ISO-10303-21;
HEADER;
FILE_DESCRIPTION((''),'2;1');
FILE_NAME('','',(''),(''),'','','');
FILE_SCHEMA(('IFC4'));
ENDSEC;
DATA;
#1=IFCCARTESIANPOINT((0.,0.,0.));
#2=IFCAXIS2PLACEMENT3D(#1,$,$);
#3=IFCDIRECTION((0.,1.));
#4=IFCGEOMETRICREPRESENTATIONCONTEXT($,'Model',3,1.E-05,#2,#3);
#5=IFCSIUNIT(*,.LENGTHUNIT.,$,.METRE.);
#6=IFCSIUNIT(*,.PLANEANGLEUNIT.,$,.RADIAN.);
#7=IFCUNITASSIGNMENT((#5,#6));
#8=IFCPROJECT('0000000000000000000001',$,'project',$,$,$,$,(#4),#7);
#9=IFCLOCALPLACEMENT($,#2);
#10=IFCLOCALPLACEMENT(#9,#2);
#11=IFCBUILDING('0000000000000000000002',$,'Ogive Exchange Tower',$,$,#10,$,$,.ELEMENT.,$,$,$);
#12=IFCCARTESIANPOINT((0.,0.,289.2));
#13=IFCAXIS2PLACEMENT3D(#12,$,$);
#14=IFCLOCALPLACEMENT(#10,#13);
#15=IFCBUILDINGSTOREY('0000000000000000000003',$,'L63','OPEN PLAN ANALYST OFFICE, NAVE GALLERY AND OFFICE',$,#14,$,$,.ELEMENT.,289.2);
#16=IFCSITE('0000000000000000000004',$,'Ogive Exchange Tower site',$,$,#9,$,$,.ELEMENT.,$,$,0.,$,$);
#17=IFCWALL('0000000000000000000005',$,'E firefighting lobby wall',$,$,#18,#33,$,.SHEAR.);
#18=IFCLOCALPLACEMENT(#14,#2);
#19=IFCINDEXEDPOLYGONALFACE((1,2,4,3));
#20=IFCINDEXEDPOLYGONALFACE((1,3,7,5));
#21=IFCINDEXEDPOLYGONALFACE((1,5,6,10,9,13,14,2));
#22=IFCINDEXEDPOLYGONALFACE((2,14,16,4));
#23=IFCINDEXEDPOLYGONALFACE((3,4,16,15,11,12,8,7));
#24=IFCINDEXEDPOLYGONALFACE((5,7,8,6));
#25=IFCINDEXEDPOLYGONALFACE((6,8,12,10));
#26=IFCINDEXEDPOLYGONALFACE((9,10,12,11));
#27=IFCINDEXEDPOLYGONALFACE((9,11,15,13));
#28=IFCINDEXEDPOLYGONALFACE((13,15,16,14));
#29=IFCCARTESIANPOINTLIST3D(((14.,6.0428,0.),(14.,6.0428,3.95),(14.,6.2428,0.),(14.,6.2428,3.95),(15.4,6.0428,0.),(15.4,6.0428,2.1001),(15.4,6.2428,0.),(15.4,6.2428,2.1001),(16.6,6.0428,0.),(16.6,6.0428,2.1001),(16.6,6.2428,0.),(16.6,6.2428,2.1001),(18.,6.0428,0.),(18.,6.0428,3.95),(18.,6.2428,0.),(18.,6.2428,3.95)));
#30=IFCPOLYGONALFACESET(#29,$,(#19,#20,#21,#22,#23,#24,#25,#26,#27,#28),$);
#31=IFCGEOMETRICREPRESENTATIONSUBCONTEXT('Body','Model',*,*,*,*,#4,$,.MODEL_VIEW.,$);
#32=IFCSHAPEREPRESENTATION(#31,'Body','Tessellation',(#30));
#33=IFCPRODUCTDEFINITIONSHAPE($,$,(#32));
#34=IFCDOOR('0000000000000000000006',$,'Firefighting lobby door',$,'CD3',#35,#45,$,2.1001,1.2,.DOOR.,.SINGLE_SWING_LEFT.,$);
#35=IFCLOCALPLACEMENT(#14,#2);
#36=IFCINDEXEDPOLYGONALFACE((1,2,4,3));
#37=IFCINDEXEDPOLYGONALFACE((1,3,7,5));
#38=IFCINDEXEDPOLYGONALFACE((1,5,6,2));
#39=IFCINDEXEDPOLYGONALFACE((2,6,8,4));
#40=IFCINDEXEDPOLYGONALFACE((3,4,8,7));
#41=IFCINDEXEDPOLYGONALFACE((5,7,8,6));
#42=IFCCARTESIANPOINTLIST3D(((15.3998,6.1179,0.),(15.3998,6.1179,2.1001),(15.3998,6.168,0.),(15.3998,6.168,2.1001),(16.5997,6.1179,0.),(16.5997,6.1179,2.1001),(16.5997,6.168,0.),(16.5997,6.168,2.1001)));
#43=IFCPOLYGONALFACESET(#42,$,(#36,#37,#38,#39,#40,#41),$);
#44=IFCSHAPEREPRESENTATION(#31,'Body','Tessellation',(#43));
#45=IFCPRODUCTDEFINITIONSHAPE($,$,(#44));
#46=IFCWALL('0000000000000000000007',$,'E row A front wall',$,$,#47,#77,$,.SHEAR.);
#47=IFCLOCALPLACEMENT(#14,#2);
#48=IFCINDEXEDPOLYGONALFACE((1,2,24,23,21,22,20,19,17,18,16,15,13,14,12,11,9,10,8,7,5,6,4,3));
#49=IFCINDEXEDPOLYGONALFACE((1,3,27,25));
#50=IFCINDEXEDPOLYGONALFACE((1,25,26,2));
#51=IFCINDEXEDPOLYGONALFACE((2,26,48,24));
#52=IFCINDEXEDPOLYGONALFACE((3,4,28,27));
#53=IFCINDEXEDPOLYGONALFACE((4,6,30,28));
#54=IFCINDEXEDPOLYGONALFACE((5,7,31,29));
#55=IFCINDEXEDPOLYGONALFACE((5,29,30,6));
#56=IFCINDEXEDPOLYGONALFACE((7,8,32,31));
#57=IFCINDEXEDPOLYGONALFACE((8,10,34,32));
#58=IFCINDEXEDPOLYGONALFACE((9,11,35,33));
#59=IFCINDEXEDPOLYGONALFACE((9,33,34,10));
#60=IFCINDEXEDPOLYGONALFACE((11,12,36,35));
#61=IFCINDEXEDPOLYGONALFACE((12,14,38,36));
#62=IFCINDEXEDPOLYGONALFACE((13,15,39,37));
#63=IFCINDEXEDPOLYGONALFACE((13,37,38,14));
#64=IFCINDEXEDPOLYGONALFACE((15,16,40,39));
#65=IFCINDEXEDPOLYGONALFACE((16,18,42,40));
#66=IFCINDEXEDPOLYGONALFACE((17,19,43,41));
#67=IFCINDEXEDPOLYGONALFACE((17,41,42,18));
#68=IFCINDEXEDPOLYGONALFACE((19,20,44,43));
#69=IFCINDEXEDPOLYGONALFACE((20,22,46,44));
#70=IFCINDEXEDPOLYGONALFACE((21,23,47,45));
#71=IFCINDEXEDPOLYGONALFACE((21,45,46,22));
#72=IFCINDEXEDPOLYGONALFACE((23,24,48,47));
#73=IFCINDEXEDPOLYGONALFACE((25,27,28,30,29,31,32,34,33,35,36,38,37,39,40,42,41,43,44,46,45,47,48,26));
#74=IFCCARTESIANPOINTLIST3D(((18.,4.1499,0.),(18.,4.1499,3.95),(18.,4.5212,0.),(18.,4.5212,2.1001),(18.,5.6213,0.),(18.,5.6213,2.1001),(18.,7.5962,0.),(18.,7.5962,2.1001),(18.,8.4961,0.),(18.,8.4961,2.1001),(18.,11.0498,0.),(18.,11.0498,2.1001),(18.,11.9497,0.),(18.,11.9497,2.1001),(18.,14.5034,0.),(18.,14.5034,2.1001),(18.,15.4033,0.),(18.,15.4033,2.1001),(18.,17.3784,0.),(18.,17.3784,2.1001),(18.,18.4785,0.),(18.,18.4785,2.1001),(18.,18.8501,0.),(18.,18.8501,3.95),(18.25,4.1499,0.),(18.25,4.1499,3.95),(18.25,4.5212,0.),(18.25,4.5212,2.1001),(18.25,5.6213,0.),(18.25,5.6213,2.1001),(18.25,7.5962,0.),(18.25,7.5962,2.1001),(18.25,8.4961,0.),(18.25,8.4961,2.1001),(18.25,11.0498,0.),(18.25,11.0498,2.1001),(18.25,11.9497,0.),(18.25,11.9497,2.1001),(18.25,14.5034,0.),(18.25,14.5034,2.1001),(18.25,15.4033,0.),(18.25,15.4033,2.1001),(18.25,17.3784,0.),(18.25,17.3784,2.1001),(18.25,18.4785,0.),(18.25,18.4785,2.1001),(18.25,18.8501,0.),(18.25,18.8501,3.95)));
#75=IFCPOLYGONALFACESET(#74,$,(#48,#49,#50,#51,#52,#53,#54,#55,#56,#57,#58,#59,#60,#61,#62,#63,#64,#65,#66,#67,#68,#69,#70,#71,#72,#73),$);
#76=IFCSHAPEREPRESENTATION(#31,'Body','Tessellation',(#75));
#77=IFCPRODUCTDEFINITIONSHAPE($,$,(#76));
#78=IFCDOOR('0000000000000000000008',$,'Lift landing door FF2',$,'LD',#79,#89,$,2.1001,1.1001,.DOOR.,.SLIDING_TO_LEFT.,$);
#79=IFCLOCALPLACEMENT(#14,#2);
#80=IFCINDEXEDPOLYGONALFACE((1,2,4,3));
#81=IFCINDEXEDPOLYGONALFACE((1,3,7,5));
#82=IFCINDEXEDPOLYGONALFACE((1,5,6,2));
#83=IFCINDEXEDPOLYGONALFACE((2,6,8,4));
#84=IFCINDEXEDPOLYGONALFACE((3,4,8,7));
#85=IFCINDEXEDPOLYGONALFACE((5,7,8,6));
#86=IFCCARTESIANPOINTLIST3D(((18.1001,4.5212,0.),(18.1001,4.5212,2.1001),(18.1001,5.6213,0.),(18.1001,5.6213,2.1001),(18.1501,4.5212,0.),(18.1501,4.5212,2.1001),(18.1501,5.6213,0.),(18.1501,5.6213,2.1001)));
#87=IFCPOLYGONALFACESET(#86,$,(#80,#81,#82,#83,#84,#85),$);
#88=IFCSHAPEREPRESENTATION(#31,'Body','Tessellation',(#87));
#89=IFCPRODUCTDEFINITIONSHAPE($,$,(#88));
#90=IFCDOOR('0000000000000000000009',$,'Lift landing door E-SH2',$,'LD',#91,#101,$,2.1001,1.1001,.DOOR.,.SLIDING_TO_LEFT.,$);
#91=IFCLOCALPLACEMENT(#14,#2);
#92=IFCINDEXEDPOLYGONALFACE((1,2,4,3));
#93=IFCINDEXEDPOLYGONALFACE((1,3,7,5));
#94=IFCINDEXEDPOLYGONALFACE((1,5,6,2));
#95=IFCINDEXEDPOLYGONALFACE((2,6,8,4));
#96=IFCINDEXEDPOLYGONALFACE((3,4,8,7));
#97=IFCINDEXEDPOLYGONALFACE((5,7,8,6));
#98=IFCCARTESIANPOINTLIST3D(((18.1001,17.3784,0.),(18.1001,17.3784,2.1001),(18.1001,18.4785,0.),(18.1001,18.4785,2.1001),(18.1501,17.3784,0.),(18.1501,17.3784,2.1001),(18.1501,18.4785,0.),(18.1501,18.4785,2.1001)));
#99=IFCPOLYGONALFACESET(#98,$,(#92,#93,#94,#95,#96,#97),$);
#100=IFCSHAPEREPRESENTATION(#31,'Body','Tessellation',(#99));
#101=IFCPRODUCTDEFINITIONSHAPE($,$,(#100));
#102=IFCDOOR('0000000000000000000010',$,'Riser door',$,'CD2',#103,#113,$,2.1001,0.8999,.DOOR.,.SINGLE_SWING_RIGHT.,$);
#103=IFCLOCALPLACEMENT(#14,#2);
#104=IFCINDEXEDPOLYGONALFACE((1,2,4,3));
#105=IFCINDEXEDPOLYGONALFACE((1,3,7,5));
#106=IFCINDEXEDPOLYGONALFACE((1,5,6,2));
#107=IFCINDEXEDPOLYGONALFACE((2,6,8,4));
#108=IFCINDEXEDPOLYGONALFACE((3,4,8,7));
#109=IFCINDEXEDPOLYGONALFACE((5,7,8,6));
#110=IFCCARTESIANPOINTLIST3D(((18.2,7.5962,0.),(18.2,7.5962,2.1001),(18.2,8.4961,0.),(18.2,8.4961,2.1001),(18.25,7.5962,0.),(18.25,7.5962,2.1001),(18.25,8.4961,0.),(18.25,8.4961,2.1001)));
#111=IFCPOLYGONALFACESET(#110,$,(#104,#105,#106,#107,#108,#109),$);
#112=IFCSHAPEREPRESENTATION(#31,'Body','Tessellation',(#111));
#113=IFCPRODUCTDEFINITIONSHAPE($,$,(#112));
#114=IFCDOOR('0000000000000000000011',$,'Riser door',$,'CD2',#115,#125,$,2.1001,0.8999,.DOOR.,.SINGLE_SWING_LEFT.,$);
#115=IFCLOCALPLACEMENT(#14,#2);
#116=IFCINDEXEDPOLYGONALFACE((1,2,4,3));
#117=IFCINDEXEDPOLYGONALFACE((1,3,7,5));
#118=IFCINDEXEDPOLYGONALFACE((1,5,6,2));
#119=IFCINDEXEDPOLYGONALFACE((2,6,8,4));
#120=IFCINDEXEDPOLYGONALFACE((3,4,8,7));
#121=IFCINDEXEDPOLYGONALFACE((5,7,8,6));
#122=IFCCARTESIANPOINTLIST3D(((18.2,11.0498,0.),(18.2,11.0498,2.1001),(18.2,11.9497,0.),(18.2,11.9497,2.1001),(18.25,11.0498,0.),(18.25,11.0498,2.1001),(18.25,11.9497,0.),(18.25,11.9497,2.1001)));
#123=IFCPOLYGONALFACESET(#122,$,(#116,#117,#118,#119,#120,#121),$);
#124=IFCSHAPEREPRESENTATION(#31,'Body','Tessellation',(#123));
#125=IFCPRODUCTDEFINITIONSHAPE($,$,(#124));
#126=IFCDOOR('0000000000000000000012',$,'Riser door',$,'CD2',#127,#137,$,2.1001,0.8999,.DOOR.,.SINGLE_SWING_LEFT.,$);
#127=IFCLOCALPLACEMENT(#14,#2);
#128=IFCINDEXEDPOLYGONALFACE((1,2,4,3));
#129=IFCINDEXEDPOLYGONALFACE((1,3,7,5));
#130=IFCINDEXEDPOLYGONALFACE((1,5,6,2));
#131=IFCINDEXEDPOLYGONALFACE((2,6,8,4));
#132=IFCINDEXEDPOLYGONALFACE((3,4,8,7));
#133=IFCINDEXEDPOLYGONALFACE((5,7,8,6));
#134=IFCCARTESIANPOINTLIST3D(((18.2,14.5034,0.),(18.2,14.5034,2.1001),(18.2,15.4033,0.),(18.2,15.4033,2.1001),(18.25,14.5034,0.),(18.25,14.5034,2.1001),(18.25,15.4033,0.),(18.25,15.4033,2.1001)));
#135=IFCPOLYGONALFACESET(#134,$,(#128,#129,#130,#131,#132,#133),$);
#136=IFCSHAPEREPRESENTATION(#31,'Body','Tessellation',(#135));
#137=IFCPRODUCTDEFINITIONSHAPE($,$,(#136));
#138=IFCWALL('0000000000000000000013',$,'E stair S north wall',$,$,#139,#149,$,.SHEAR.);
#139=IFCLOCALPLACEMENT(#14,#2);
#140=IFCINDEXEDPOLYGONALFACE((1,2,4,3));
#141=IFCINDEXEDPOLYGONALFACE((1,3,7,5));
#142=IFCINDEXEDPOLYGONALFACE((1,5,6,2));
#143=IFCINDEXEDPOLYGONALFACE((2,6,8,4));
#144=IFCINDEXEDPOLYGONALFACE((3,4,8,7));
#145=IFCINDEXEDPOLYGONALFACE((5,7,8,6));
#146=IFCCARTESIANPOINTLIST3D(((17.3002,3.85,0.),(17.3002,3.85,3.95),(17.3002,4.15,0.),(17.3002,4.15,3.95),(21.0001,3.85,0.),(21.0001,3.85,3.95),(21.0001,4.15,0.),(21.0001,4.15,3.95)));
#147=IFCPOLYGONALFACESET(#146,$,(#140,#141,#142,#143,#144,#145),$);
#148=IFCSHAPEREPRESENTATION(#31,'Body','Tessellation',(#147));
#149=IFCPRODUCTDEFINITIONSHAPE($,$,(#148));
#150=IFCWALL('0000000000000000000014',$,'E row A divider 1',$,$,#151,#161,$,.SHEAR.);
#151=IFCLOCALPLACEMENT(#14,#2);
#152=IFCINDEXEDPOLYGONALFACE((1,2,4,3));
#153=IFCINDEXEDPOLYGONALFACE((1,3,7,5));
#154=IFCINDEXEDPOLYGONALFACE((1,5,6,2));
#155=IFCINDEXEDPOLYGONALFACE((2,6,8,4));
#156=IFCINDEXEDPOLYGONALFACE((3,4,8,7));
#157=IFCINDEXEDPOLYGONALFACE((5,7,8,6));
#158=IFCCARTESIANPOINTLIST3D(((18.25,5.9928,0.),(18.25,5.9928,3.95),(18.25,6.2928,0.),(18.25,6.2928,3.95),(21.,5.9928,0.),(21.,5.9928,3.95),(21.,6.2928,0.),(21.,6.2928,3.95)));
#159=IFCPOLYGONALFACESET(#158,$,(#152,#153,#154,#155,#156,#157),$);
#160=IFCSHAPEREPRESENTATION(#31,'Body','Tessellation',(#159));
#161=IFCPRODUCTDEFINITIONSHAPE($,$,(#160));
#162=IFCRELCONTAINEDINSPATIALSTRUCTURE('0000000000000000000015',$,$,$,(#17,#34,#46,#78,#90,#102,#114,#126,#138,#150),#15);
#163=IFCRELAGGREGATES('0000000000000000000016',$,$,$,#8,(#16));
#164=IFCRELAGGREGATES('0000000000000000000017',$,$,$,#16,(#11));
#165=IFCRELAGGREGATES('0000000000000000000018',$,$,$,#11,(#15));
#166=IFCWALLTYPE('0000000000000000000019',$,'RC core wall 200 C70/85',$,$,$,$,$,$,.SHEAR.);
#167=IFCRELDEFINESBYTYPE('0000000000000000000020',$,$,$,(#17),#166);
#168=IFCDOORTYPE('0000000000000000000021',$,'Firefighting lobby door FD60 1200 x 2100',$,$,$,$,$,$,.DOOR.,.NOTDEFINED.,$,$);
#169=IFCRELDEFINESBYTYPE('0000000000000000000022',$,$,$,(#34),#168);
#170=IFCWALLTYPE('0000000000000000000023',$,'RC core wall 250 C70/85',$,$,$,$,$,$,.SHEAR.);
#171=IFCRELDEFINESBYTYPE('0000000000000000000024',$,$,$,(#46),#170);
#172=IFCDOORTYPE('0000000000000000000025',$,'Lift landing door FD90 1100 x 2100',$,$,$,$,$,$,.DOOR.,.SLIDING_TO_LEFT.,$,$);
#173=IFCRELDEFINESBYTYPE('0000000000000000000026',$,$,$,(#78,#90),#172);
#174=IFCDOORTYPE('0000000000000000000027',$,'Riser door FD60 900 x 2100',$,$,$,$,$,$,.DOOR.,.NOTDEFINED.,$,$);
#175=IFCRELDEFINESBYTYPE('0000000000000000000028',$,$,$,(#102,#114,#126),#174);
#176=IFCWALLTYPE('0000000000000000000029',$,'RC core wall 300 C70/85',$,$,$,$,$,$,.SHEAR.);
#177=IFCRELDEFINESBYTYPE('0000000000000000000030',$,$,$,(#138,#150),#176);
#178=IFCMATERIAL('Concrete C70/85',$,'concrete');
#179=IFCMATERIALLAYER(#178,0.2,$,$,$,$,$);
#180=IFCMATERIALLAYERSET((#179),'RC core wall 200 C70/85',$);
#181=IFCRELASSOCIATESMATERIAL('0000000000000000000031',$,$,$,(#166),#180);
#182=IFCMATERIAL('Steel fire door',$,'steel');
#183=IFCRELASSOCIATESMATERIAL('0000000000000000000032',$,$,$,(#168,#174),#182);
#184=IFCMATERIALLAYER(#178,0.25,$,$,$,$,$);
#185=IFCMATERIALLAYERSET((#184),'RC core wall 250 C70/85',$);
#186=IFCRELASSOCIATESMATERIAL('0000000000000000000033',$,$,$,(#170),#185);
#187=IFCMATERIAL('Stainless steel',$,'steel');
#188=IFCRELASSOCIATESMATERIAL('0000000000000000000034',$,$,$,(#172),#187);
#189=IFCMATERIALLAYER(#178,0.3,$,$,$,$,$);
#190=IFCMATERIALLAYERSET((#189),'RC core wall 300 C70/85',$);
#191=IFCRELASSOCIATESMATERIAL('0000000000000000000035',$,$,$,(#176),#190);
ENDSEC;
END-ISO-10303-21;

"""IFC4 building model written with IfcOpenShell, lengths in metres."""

from ifc_helpers import new_model, si_unit, direction, frame, frame_2d, origin, place, context, subcontext, project, spatial, rectangle, extrude, material, layer, layer_set, type_object, element, fill, save


model = new_model("IFC4")

# Units and contexts
model_context = context("Model", 3, precision=1e-05, world=origin(), true_north=direction((0.0, 1.0)))
body_context = subcontext(model_context, "Body", "Model", "MODEL_VIEW")
ifc_project = project(units=[si_unit("LENGTHUNIT", "METRE"), si_unit("PLANEANGLEUNIT", "RADIAN")], contexts=[model_context])

# Site, building, storey
site_placement = place(None, origin())
site = spatial("IfcSite", under=ifc_project, at=site_placement, Name="Ogive Exchange Tower site", CompositionType="ELEMENT", RefElevation=0.0)
building_placement = place(site_placement, origin())
building = spatial("IfcBuilding", under=site, at=building_placement, Name="Ogive Exchange Tower", CompositionType="ELEMENT")
storey_placement = place(building_placement, frame((0.0, 0.0, 289.2)))
storey = spatial("IfcBuildingStorey", under=building, at=storey_placement, Name="L63", Description="OPEN PLAN ANALYST OFFICE, NAVE GALLERY AND OFFICE", CompositionType="ELEMENT", Elevation=289.2)

# Wall, opening, door
ifc_material_1 = material(Name="Concrete C70/85", Category="concrete")
ifc_layer_1 = layer(ifc_material_1, 0.2)
ifc_layer_set_1 = layer_set([ifc_layer_1], Name="RC core wall 200 C70/85")
wall_type_1 = type_object("IfcWallType", Name="RC core wall 200 C70/85", PredefinedType="SHEAR", material=ifc_layer_set_1)
wall_1_placement = place(storey_placement, frame((14.0, 6.1428, 0.0), z_axis=(0.0, 0.0, 1.0), x_axis=(1.0, 0.0, 0.0)))
wall_1 = element("IfcWall", 1, at=wall_1_placement, inside=storey, type_object=wall_type_1, Name="E firefighting lobby wall", PredefinedType="SHEAR", context=body_context, shape_type="SweptSolid", body=[
    extrude(rectangle(XDim=4.0, YDim=0.2, at=frame_2d((2.0, 0.0))), origin(), (0.0, 0.0, 1.0), 3.95),
])
opening_1_placement = place(wall_1_placement, frame((1.3999, 0.0, 0.0)))
opening_1 = element("IfcOpeningElement", 2, at=opening_1_placement, cuts=wall_1, PredefinedType="OPENING", context=body_context, shape_type="SweptSolid", body=[
    extrude(rectangle(XDim=1.2, YDim=2.1001, at=frame_2d((0.6001, 1.05))), frame((0.0, 0.1099, 0.0), z_axis=(0.0, -1.0, 0.0), x_axis=(1.0, 0.0, 0.0)), (0.0, 0.0, 1.0), 0.22),
])
ifc_material_2 = material(Name="Steel fire door", Category="steel")
door_type_1 = type_object("IfcDoorType", Name="Firefighting lobby door FD60 1200 x 2100", OperationType="NOTDEFINED", PredefinedType="DOOR", material=ifc_material_2)
door_1_placement = place(opening_1_placement, frame((1.2, 0.0, 0.0), z_axis=(0.0, 0.0, 1.0), x_axis=(-1.0, 0.0, 0.0)))
door_1 = element("IfcDoor", 3, at=door_1_placement, inside=storey, type_object=door_type_1, Name="Firefighting lobby door", ObjectType="CD3", OperationType="SINGLE_SWING_LEFT", OverallHeight=2.1001, OverallWidth=1.2, PredefinedType="DOOR", context=body_context, shape_type="SweptSolid", body=[
    extrude(rectangle(XDim=1.2, YDim=2.1001, at=frame_2d((0.6001, 1.05))), frame((0.0, 0.0249, 0.0), z_axis=(0.0, -1.0, 0.0), x_axis=(1.0, 0.0, 0.0)), (0.0, 0.0, 1.0), 0.05),
])
fill(opening_1, door_1)

# Wall, openings, doors
ifc_layer_2 = layer(ifc_material_1, 0.25)
ifc_layer_set_2 = layer_set([ifc_layer_2], Name="RC core wall 250 C70/85")
wall_type_2 = type_object("IfcWallType", Name="RC core wall 250 C70/85", PredefinedType="SHEAR", material=ifc_layer_set_2)
wall_2_placement = place(storey_placement, frame((18.125, 4.1499, 0.0), z_axis=(0.0, 0.0, 1.0), x_axis=(0.0, 1.0, 0.0)))
wall_2 = element("IfcWall", 4, at=wall_2_placement, inside=storey, type_object=wall_type_2, Name="E row A front wall", PredefinedType="SHEAR", context=body_context, shape_type="SweptSolid", body=[
    extrude(rectangle(XDim=14.7002, YDim=0.25, at=frame_2d((7.3501, 0.0))), origin(), (0.0, 0.0, 1.0), 3.95),
])
opening_2_placement = place(wall_2_placement, frame((3.4463, 0.0, 0.0)))
opening_2 = element("IfcOpeningElement", 5, at=opening_2_placement, cuts=wall_2, PredefinedType="OPENING", context=body_context, shape_type="SweptSolid", body=[
    extrude(rectangle(XDim=0.8999, YDim=2.1001, at=frame_2d((0.45, 1.05))), frame((0.0, 0.135, 0.0), z_axis=(0.0, -1.0, 0.0), x_axis=(1.0, 0.0, 0.0)), (0.0, 0.0, 1.0), 0.27),
])
opening_3_placement = place(wall_2_placement, frame((6.8999, 0.0, 0.0)))
opening_3 = element("IfcOpeningElement", 6, at=opening_3_placement, cuts=wall_2, PredefinedType="OPENING", context=body_context, shape_type="SweptSolid", body=[
    extrude(rectangle(XDim=0.8999, YDim=2.1001, at=frame_2d((0.45, 1.05))), frame((0.0, 0.135, 0.0), z_axis=(0.0, -1.0, 0.0), x_axis=(1.0, 0.0, 0.0)), (0.0, 0.0, 1.0), 0.27),
])
opening_4_placement = place(wall_2_placement, frame((10.3535, 0.0, 0.0)))
opening_4 = element("IfcOpeningElement", 7, at=opening_4_placement, cuts=wall_2, PredefinedType="OPENING", context=body_context, shape_type="SweptSolid", body=[
    extrude(rectangle(XDim=0.8999, YDim=2.1001, at=frame_2d((0.45, 1.05))), frame((0.0, 0.135, 0.0), z_axis=(0.0, -1.0, 0.0), x_axis=(1.0, 0.0, 0.0)), (0.0, 0.0, 1.0), 0.27),
])
opening_5_placement = place(wall_2_placement, frame((0.3713, 0.0, 0.0)))
opening_5 = element("IfcOpeningElement", 8, at=opening_5_placement, cuts=wall_2, PredefinedType="OPENING", context=body_context, shape_type="SweptSolid", body=[
    extrude(rectangle(XDim=1.1001, YDim=2.1001, at=frame_2d((0.55, 1.05))), frame((0.0, 0.135, 0.0), z_axis=(0.0, -1.0, 0.0), x_axis=(1.0, 0.0, 0.0)), (0.0, 0.0, 1.0), 0.27),
])
opening_6_placement = place(wall_2_placement, frame((13.2285, 0.0, 0.0)))
opening_6 = element("IfcOpeningElement", 9, at=opening_6_placement, cuts=wall_2, PredefinedType="OPENING", context=body_context, shape_type="SweptSolid", body=[
    extrude(rectangle(XDim=1.1001, YDim=2.1001, at=frame_2d((0.55, 1.05))), frame((0.0, 0.135, 0.0), z_axis=(0.0, -1.0, 0.0), x_axis=(1.0, 0.0, 0.0)), (0.0, 0.0, 1.0), 0.27),
])
ifc_material_3 = material(Name="Stainless steel", Category="steel")
door_type_2 = type_object("IfcDoorType", Name="Lift landing door FD90 1100 x 2100", OperationType="SLIDING_TO_LEFT", PredefinedType="DOOR", material=ifc_material_3)
door_2_placement = place(opening_5_placement, origin())
door_2 = element("IfcDoor", 10, at=door_2_placement, inside=storey, type_object=door_type_2, Name="Lift landing door FF2", ObjectType="LD", OperationType="SLIDING_TO_LEFT", OverallHeight=2.1001, OverallWidth=1.1001, PredefinedType="DOOR", context=body_context, shape_type="SweptSolid", body=[
    extrude(rectangle(XDim=1.1001, YDim=2.1001, at=frame_2d((0.55, 1.05))), frame((0.0, 0.0249, 0.0), z_axis=(0.0, -1.0, 0.0), x_axis=(1.0, 0.0, 0.0)), (0.0, 0.0, 1.0), 0.05),
])
fill(opening_5, door_2)
door_3_placement = place(opening_6_placement, origin())
door_3 = element("IfcDoor", 11, at=door_3_placement, inside=storey, type_object=door_type_2, Name="Lift landing door E-SH2", ObjectType="LD", OperationType="SLIDING_TO_LEFT", OverallHeight=2.1001, OverallWidth=1.1001, PredefinedType="DOOR", context=body_context, shape_type="SweptSolid", body=[
    extrude(rectangle(XDim=1.1001, YDim=2.1001, at=frame_2d((0.55, 1.05))), frame((0.0, 0.0249, 0.0), z_axis=(0.0, -1.0, 0.0), x_axis=(1.0, 0.0, 0.0)), (0.0, 0.0, 1.0), 0.05),
])
fill(opening_6, door_3)
door_type_3 = type_object("IfcDoorType", Name="Riser door FD60 900 x 2100", OperationType="NOTDEFINED", PredefinedType="DOOR", material=ifc_material_2)
door_4_placement = place(opening_2_placement, frame((0.8999, -0.2002, 0.0), z_axis=(0.0, 0.0, 1.0), x_axis=(-1.0, 0.0, 0.0)))
door_4 = element("IfcDoor", 12, at=door_4_placement, inside=storey, type_object=door_type_3, Name="Riser door", ObjectType="CD2", OperationType="SINGLE_SWING_RIGHT", OverallHeight=2.1001, OverallWidth=0.8999, PredefinedType="DOOR", context=body_context, shape_type="SweptSolid", body=[
    extrude(rectangle(XDim=0.8999, YDim=2.1001, at=frame_2d((0.45, 1.05))), frame((0.0, -0.0752, 0.0), z_axis=(0.0, -1.0, 0.0), x_axis=(1.0, 0.0, 0.0)), (0.0, 0.0, 1.0), 0.05),
])
fill(opening_2, door_4)
door_5_placement = place(opening_3_placement, frame((0.8999, -0.2002, 0.0), z_axis=(0.0, 0.0, 1.0), x_axis=(-1.0, 0.0, 0.0)))
door_5 = element("IfcDoor", 13, at=door_5_placement, inside=storey, type_object=door_type_3, Name="Riser door", ObjectType="CD2", OperationType="SINGLE_SWING_LEFT", OverallHeight=2.1001, OverallWidth=0.8999, PredefinedType="DOOR", context=body_context, shape_type="SweptSolid", body=[
    extrude(rectangle(XDim=0.8999, YDim=2.1001, at=frame_2d((0.45, 1.05))), frame((0.0, -0.0752, 0.0), z_axis=(0.0, -1.0, 0.0), x_axis=(1.0, 0.0, 0.0)), (0.0, 0.0, 1.0), 0.05),
])
fill(opening_3, door_5)
door_6_placement = place(opening_4_placement, frame((0.8999, -0.2002, 0.0), z_axis=(0.0, 0.0, 1.0), x_axis=(-1.0, 0.0, 0.0)))
door_6 = element("IfcDoor", 14, at=door_6_placement, inside=storey, type_object=door_type_3, Name="Riser door", ObjectType="CD2", OperationType="SINGLE_SWING_LEFT", OverallHeight=2.1001, OverallWidth=0.8999, PredefinedType="DOOR", context=body_context, shape_type="SweptSolid", body=[
    extrude(rectangle(XDim=0.8999, YDim=2.1001, at=frame_2d((0.45, 1.05))), frame((0.0, -0.0752, 0.0), z_axis=(0.0, -1.0, 0.0), x_axis=(1.0, 0.0, 0.0)), (0.0, 0.0, 1.0), 0.05),
])
fill(opening_4, door_6)

# Walls
ifc_layer_3 = layer(ifc_material_1, 0.3)
ifc_layer_set_3 = layer_set([ifc_layer_3], Name="RC core wall 300 C70/85")
wall_type_3 = type_object("IfcWallType", Name="RC core wall 300 C70/85", PredefinedType="SHEAR", material=ifc_layer_set_3)
wall_3_placement = place(storey_placement, frame((17.3, 4.0, 0.0), z_axis=(0.0, 0.0, 1.0), x_axis=(1.0, 0.0, 0.0)))
element("IfcWall", 15, at=wall_3_placement, inside=storey, type_object=wall_type_3, Name="E stair S north wall", PredefinedType="SHEAR", context=body_context, shape_type="SweptSolid", body=[
    extrude(rectangle(XDim=3.7, YDim=0.3, at=frame_2d((1.8501, 0.0))), origin(), (0.0, 0.0, 1.0), 3.95),
])
wall_4_placement = place(storey_placement, frame((18.25, 6.1428, 0.0), z_axis=(0.0, 0.0, 1.0), x_axis=(1.0, 0.0, 0.0)))
element("IfcWall", 16, at=wall_4_placement, inside=storey, type_object=wall_type_3, Name="E row A divider 1", PredefinedType="SHEAR", context=body_context, shape_type="SweptSolid", body=[
    extrude(rectangle(XDim=2.75, YDim=0.3, at=frame_2d((1.375, 0.0))), origin(), (0.0, 0.0, 1.0), 3.95),
])

save(model, "model.ifc")
